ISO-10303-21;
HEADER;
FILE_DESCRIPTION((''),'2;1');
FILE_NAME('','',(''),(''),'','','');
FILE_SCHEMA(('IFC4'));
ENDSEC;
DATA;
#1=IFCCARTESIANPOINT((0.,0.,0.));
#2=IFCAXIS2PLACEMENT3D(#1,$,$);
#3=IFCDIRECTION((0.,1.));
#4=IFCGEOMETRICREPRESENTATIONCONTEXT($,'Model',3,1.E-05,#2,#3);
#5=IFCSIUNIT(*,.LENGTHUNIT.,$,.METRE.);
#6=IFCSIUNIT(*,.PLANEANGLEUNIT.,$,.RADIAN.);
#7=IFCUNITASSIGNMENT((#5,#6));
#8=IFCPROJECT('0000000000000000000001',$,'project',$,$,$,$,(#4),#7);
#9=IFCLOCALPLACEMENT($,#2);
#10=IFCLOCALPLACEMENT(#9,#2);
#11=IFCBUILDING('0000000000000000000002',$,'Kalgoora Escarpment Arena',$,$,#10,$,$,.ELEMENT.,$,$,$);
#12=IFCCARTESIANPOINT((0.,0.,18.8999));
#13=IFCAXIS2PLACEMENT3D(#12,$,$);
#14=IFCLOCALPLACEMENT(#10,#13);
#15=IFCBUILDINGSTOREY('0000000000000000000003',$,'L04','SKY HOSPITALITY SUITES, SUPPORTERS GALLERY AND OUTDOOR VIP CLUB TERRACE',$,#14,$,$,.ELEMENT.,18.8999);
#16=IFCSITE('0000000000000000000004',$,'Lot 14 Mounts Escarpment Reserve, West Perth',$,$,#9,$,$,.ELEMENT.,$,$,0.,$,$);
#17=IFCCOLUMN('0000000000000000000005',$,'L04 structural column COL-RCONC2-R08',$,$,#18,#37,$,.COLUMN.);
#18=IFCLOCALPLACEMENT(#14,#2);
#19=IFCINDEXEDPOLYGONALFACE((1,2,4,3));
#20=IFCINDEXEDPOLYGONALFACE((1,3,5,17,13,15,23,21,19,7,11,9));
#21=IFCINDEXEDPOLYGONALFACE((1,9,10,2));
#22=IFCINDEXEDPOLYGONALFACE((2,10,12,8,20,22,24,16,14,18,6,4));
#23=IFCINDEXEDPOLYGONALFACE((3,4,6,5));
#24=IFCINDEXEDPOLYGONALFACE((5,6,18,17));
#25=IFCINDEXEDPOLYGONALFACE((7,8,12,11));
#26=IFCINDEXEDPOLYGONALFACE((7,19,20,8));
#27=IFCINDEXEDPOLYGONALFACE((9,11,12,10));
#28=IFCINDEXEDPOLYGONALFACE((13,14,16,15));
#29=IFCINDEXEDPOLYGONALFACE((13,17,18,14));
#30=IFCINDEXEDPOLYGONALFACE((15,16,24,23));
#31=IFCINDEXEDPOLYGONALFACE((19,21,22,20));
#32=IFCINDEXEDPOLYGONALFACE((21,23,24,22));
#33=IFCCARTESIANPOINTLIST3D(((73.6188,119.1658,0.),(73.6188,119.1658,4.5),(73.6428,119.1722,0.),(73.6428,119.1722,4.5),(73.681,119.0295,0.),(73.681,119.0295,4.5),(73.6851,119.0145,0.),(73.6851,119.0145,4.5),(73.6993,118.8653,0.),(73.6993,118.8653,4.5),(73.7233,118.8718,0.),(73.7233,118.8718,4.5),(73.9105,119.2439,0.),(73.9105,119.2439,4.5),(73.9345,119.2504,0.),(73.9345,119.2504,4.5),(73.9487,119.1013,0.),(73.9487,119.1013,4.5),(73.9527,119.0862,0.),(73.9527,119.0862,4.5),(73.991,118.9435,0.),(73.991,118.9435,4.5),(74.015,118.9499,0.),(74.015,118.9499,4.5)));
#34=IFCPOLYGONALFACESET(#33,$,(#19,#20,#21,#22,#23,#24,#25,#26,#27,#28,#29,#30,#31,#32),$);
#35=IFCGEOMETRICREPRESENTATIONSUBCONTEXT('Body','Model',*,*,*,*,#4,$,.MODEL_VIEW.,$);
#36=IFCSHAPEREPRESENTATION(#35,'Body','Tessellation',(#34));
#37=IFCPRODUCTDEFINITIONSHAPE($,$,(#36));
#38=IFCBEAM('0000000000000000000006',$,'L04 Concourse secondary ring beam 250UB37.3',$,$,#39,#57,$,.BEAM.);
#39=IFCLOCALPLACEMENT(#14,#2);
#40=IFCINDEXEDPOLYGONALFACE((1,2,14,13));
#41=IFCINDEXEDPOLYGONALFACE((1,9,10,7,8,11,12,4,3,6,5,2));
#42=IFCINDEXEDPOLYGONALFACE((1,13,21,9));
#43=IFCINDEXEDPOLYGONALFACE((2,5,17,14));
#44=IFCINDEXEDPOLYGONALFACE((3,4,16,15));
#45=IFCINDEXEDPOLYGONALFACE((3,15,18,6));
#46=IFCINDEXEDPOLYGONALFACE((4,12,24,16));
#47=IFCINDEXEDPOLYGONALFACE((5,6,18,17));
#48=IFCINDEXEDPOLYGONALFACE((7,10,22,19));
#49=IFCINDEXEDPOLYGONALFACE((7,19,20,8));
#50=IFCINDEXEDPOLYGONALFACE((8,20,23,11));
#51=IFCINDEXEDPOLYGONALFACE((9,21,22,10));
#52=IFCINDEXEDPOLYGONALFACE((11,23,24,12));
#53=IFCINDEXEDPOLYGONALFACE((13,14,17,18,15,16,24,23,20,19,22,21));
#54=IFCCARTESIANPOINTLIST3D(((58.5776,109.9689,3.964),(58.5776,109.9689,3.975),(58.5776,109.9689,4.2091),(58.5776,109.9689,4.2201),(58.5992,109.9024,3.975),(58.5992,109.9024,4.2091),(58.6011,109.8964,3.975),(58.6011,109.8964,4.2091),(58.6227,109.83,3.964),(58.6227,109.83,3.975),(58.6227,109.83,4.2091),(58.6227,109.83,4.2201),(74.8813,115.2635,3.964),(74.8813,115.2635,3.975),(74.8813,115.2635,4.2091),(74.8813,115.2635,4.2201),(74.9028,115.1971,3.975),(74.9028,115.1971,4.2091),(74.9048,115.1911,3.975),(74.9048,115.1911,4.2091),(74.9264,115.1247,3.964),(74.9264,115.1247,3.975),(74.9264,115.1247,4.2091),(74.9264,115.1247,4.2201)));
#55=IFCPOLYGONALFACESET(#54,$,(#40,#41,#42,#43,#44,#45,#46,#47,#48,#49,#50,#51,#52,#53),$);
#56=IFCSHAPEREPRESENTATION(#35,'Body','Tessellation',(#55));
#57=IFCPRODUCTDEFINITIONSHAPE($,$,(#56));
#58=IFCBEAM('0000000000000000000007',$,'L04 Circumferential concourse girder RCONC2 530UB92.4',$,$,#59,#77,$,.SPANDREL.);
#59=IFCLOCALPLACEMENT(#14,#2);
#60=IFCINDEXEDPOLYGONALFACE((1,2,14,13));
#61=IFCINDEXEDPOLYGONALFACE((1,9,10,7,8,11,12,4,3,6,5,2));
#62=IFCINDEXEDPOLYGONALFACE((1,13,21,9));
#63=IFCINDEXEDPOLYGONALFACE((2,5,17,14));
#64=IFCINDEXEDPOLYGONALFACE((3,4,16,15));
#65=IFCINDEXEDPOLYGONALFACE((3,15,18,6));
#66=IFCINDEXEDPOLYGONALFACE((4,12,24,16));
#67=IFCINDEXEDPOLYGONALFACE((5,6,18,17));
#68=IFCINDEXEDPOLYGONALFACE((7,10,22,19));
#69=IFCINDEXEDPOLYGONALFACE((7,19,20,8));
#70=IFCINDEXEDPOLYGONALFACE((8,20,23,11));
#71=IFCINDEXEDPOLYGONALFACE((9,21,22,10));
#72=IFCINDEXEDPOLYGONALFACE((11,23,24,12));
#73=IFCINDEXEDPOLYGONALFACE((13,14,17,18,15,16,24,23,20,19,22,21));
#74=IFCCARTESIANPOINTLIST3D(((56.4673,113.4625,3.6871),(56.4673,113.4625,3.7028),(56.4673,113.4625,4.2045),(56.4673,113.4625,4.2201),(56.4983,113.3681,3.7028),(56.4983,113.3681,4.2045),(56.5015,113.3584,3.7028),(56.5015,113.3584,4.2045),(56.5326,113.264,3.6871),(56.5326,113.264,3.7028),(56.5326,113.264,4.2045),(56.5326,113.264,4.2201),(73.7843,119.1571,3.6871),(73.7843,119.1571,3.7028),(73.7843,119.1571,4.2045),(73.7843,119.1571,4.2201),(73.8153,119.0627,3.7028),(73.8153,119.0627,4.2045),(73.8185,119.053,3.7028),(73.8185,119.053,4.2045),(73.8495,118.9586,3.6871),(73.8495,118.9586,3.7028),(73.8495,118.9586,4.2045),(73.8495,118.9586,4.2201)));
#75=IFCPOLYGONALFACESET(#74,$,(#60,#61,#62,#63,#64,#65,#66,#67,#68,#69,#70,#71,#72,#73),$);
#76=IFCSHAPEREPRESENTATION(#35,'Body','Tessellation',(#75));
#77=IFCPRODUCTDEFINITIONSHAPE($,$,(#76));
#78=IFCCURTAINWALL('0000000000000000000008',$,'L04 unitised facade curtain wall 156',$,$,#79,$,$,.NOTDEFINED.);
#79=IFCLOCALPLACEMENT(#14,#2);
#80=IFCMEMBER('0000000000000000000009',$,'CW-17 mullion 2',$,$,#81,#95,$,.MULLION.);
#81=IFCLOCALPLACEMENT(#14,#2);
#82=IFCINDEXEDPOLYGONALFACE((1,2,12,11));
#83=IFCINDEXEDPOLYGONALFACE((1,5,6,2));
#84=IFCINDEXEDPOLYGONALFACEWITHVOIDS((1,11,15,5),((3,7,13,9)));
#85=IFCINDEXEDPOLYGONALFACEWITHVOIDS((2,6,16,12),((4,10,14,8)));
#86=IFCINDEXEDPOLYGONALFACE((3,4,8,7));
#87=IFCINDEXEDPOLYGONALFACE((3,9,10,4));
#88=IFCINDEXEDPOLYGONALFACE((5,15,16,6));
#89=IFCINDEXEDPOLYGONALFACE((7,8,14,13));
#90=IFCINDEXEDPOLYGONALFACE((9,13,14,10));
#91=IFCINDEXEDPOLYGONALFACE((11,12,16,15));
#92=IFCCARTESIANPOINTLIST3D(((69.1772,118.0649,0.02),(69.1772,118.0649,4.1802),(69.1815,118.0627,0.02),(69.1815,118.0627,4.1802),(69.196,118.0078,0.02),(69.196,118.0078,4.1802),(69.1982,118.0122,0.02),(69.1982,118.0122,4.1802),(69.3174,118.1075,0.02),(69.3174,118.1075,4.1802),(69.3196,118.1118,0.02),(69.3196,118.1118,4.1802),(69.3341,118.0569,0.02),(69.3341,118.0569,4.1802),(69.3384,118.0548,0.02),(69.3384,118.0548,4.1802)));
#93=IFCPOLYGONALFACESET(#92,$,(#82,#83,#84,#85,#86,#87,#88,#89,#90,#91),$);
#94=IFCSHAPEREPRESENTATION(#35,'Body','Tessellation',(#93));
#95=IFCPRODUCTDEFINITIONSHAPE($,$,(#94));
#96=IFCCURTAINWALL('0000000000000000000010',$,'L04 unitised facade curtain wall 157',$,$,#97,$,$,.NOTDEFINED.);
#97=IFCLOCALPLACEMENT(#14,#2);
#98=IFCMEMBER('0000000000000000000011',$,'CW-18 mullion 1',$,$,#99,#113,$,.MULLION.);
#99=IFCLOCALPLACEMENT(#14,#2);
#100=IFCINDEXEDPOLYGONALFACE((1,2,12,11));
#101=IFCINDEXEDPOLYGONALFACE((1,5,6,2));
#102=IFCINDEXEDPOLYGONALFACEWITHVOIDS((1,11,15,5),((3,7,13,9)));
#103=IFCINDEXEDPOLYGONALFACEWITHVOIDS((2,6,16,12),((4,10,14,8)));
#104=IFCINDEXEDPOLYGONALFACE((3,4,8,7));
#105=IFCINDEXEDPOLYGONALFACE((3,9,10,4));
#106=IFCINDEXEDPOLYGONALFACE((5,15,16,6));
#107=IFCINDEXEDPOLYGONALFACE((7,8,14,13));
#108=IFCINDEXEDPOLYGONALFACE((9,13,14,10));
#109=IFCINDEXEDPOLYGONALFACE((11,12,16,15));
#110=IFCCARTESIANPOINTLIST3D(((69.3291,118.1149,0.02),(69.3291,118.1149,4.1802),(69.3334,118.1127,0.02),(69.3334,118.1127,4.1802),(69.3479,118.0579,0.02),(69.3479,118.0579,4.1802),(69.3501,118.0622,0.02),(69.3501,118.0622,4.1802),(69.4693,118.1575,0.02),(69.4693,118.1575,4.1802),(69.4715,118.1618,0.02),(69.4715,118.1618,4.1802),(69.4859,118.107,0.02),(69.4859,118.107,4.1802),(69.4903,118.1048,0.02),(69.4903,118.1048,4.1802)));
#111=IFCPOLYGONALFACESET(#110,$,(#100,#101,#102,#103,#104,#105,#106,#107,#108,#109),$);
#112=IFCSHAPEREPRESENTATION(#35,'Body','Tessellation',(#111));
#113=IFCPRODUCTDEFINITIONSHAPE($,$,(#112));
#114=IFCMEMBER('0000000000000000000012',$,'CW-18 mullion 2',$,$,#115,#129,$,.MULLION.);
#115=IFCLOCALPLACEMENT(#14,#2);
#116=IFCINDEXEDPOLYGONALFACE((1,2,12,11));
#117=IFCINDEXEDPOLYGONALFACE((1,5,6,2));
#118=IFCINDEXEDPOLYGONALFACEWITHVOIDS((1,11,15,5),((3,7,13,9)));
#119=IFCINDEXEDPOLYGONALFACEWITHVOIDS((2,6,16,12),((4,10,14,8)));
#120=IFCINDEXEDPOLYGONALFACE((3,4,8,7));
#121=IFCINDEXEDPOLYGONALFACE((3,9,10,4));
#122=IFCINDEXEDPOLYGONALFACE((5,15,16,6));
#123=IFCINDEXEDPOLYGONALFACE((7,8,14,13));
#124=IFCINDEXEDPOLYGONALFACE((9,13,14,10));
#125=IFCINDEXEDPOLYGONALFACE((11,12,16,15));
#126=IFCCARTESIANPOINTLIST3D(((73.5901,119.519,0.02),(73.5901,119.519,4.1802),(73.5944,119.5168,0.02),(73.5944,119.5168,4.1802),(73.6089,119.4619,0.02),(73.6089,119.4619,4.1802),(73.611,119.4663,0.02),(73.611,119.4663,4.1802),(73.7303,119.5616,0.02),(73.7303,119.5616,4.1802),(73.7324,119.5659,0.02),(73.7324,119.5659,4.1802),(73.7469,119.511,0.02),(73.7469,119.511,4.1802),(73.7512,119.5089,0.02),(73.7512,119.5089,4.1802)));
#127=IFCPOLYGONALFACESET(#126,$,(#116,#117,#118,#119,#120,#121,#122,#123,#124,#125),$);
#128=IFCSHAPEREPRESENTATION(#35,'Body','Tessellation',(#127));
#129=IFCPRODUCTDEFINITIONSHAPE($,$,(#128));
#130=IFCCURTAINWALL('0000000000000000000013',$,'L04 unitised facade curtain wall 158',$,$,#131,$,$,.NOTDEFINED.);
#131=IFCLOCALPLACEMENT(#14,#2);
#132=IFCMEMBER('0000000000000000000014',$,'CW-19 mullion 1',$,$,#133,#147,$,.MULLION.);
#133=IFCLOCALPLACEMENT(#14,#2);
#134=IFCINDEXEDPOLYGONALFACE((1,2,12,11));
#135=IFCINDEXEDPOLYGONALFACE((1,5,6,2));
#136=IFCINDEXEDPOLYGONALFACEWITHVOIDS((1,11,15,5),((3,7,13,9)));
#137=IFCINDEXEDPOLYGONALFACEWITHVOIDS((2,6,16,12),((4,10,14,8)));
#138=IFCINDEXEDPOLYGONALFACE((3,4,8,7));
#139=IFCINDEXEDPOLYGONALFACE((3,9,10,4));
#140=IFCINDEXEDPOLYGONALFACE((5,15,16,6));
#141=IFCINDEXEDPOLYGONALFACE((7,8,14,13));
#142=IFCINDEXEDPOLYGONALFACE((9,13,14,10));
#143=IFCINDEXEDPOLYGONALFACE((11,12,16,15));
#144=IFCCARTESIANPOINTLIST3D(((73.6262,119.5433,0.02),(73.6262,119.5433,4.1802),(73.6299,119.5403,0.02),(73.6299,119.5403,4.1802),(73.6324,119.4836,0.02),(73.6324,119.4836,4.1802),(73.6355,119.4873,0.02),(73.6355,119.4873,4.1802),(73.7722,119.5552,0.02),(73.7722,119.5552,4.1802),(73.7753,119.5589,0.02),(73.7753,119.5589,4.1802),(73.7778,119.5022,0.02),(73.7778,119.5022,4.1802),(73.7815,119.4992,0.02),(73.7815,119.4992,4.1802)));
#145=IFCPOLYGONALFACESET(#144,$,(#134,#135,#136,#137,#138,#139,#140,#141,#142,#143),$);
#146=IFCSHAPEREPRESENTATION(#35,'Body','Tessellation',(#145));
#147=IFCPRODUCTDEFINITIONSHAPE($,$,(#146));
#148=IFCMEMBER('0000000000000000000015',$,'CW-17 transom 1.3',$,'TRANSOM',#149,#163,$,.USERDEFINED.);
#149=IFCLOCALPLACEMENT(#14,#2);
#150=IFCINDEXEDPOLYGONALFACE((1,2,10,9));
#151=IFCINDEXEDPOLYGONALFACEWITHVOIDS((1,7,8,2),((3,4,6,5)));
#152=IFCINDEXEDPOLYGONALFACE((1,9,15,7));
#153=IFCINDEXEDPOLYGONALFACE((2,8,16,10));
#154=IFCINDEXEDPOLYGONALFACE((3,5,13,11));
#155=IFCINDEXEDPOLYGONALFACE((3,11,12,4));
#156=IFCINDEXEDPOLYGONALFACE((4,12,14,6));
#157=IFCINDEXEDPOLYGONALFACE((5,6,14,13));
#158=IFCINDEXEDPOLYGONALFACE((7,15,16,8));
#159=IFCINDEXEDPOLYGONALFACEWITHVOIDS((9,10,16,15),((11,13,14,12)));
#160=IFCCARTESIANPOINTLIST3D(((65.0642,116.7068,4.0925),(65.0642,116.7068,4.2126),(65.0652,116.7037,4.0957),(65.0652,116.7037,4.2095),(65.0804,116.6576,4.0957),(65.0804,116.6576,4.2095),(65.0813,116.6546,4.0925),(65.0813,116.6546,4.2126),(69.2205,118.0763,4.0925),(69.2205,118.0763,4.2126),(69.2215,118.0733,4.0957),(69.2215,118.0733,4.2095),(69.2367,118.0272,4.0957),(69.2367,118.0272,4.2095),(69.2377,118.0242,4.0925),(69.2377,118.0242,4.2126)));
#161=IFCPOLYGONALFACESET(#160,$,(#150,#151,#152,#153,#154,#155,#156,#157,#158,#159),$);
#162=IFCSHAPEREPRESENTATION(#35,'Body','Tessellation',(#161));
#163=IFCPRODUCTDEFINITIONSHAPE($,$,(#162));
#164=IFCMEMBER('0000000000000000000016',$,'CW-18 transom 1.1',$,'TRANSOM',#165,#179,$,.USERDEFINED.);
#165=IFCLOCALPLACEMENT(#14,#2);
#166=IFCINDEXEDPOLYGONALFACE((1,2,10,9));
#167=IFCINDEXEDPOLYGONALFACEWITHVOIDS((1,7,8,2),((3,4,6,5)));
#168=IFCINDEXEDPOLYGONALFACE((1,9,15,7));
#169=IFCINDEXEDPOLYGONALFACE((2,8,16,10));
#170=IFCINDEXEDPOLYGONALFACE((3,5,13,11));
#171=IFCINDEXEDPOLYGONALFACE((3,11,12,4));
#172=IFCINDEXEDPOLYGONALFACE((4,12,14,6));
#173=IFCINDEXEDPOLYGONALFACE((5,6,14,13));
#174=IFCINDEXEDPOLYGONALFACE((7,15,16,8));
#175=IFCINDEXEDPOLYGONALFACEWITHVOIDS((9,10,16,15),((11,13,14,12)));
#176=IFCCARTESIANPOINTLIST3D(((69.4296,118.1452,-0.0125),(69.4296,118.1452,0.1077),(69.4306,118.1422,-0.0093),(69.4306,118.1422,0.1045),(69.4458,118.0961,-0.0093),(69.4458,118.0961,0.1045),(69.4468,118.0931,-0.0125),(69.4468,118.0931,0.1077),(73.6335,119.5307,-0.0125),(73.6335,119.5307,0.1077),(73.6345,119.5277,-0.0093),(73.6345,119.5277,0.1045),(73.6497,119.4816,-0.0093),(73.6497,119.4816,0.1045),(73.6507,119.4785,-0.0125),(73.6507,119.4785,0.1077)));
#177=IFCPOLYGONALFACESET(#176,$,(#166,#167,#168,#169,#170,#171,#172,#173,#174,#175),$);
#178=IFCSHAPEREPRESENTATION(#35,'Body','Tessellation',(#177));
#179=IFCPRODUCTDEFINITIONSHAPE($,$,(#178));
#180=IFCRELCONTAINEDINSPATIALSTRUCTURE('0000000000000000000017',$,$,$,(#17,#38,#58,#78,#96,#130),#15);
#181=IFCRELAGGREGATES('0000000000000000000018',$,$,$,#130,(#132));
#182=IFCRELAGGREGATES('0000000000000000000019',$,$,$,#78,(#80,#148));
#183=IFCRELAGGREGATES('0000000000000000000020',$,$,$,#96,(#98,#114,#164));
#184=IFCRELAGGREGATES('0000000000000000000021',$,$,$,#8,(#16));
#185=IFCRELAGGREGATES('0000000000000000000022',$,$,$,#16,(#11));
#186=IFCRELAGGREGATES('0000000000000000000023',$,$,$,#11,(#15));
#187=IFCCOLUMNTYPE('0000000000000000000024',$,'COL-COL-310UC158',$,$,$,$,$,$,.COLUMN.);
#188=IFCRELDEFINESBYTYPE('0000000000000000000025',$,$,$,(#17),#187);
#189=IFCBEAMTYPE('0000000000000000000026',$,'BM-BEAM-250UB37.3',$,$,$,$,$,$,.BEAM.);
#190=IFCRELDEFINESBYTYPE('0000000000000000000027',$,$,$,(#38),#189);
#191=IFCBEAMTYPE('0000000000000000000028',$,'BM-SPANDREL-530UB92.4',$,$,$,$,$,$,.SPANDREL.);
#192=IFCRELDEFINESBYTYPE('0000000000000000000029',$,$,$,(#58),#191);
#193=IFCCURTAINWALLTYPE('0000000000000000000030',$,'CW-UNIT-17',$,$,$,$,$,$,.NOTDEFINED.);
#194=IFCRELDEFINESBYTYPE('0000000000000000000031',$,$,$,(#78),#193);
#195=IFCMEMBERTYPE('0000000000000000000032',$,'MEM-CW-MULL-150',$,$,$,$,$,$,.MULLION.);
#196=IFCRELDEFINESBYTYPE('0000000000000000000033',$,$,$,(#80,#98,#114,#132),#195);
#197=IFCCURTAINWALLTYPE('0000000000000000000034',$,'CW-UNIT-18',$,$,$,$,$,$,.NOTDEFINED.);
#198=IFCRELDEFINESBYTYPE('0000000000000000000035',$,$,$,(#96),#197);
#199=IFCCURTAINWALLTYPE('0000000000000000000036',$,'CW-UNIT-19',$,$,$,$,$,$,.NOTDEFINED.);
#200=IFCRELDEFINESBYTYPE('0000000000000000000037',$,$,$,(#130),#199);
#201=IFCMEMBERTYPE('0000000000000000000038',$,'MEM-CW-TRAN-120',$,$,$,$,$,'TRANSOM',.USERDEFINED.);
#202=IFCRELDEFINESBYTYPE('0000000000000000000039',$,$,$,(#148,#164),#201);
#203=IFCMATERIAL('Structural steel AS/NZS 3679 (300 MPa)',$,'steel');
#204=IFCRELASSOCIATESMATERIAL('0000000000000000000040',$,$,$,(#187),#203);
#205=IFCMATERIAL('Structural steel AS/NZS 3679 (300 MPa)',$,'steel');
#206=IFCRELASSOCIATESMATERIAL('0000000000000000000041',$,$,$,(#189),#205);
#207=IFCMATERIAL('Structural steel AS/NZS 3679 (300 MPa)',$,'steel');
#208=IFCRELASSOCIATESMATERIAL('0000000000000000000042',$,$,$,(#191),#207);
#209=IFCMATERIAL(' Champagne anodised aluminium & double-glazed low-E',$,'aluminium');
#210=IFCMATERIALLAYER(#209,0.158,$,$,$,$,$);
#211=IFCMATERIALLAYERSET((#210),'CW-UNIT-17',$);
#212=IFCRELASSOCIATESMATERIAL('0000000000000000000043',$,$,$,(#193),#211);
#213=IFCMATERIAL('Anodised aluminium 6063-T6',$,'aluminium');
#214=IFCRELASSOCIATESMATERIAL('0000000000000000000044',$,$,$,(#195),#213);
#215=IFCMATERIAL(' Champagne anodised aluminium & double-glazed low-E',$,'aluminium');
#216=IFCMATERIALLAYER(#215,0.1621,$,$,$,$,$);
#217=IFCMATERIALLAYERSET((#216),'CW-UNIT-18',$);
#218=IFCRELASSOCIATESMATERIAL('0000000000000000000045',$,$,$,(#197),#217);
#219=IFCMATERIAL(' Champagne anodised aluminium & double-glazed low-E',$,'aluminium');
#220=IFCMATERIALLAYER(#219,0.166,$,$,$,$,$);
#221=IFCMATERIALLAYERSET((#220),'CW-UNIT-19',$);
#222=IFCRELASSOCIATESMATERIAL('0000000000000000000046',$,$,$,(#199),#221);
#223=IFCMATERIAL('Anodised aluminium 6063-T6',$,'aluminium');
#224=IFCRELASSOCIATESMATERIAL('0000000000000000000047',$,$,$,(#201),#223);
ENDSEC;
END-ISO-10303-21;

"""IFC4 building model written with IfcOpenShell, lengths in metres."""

from ifc_helpers import new_model, si_unit, direction, frame, origin, origin_2d, place, context, subcontext, project, spatial, hollow_rectangle, i_section, extrude, material, layer, layer_set, material_profile, profile_set, type_object, element, aggregate, save


model = new_model("IFC4")

# Units and contexts
model_context = context("Model", 3, precision=1e-05, world=origin(), true_north=direction((0.0, 1.0)))
body_context = subcontext(model_context, "Body", "Model", "MODEL_VIEW")
ifc_project = project(units=[si_unit("LENGTHUNIT", "METRE"), si_unit("PLANEANGLEUNIT", "RADIAN")], contexts=[model_context])

# Site, building, storey
site_placement = place(None, origin())
site = spatial("IfcSite", under=ifc_project, at=site_placement, Name="Lot 14 Mounts Escarpment Reserve, West Perth", CompositionType="ELEMENT", RefElevation=0.0)
building_placement = place(site_placement, origin())
building = spatial("IfcBuilding", under=site, at=building_placement, Name="Kalgoora Escarpment Arena", CompositionType="ELEMENT")
storey_placement = place(building_placement, frame((0.0, 0.0, 18.8999)))
storey = spatial("IfcBuildingStorey", under=building, at=storey_placement, Name="L04", Description="SKY HOSPITALITY SUITES, SUPPORTERS GALLERY AND OUTDOOR VIP CLUB TERRACE", CompositionType="ELEMENT", Elevation=18.8999)

# Column
ifc_material_1 = material(Name="Structural steel AS/NZS 3679 (300 MPa)", Category="steel")
ifc_material_profile_1 = material_profile(ifc_material_1, i_section(OverallWidth=0.311, OverallDepth=0.3269, WebThickness=0.0156, FlangeThickness=0.0249, at=origin_2d()))
ifc_profile_set_1 = profile_set([ifc_material_profile_1], Name="Structural steel AS/NZS 3679 (300 MPa)")
column_type = type_object("IfcColumnType", Name="COL-COL-310UC158", PredefinedType="COLUMN", material=ifc_profile_set_1)
column_placement = place(storey_placement, frame((73.8169, 119.0579, 0.0), z_axis=(0.0, 0.0, 1.0), x_axis=(-0.258819, 0.965926, 0.0)))
element("IfcColumn", 1, at=column_placement, inside=storey, type_object=column_type, Name="L04 structural column COL-RCONC2-R08", PredefinedType="COLUMN", context=body_context, shape_type="SweptSolid", body=[
    extrude(i_section(OverallWidth=0.311, OverallDepth=0.3269, WebThickness=0.0156, FlangeThickness=0.0249, at=origin_2d()), origin(), (0.0, 0.0, 1.0), 4.5),
])

# Beams
ifc_material_2 = material(Name="Structural steel AS/NZS 3679 (300 MPa)", Category="steel")
ifc_material_profile_2 = material_profile(ifc_material_2, i_section(OverallWidth=0.146, OverallDepth=0.2561, WebThickness=0.0063, FlangeThickness=0.011, at=origin_2d()))
ifc_profile_set_2 = profile_set([ifc_material_profile_2], Name="Structural steel AS/NZS 3679 (300 MPa)")
beam_type_1 = type_object("IfcBeamType", Name="BM-BEAM-250UB37.3", PredefinedType="BEAM", material=ifc_profile_set_2)
beam_1_placement = place(storey_placement, frame((74.9038, 115.1941, 4.092), z_axis=(-0.951103, -0.308874, 0.0), x_axis=(0.308874, -0.951103, 0.0)))
element("IfcBeam", 2, at=beam_1_placement, inside=storey, type_object=beam_type_1, Name="L04 Concourse secondary ring beam 250UB37.3", PredefinedType="BEAM", context=body_context, shape_type="SweptSolid", body=[
    extrude(i_section(OverallWidth=0.146, OverallDepth=0.2561, WebThickness=0.0063, FlangeThickness=0.011, at=origin_2d()), origin(), (0.0, 0.0, 1.0), 17.1418),
])
ifc_material_3 = material(Name="Structural steel AS/NZS 3679 (300 MPa)", Category="steel")
ifc_material_profile_3 = material_profile(ifc_material_3, i_section(OverallWidth=0.209, OverallDepth=0.533, WebThickness=0.0103, FlangeThickness=0.0156, at=origin_2d()))
ifc_profile_set_3 = profile_set([ifc_material_profile_3], Name="Structural steel AS/NZS 3679 (300 MPa)")
beam_type_2 = type_object("IfcBeamType", Name="BM-SPANDREL-530UB92.4", PredefinedType="SPANDREL", material=ifc_profile_set_3)
beam_2_placement = place(storey_placement, frame((73.8169, 119.0579, 3.9536), z_axis=(-0.949955, -0.312388, 0.0), x_axis=(0.312388, -0.949955, 0.0)))
element("IfcBeam", 3, at=beam_2_placement, inside=storey, type_object=beam_type_2, Name="L04 Circumferential concourse girder RCONC2 530UB92.4", PredefinedType="SPANDREL", context=body_context, shape_type="SweptSolid", body=[
    extrude(i_section(OverallWidth=0.209, OverallDepth=0.533, WebThickness=0.0103, FlangeThickness=0.0156, at=origin_2d()), origin(), (0.0, 0.0, 1.0), 18.2292),
])

# Curtain wall, member
ifc_material_4 = material(Name=" Champagne anodised aluminium & double-glazed low-E", Category="aluminium")
ifc_layer_1 = layer(ifc_material_4, 0.158)
ifc_layer_set_1 = layer_set([ifc_layer_1], Name="CW-UNIT-17")
curtain_wall_type_1 = type_object("IfcCurtainWallType", Name="CW-UNIT-17", PredefinedType="NOTDEFINED", material=ifc_layer_set_1)
curtain_wall_1_placement = place(storey_placement, origin())
curtain_wall_1 = element("IfcCurtainWall", 4, at=curtain_wall_1_placement, inside=storey, type_object=curtain_wall_type_1, Name="L04 unitised facade curtain wall 156", PredefinedType="NOTDEFINED")
ifc_material_5 = material(Name="Anodised aluminium 6063-T6", Category="aluminium")
ifc_material_profile_4 = material_profile(ifc_material_5, hollow_rectangle(XDim=0.0601, YDim=0.1499, WallThickness=0.0034, at=origin_2d()))
ifc_profile_set_4 = profile_set([ifc_material_profile_4], Name="Anodised aluminium 6063-T6")
member_type_1 = type_object("IfcMemberType", Name="MEM-CW-MULL-150", PredefinedType="MULLION", material=ifc_profile_set_4)
member_1_placement = place(storey_placement, frame((69.2578, 118.0598, 0.02), z_axis=(0.0, 0.0, 1.0), x_axis=(-0.31297, 0.949763, 0.0)))
member_1 = element("IfcMember", 5, at=member_1_placement, type_object=member_type_1, Name="CW-17 mullion 2", PredefinedType="MULLION", context=body_context, shape_type="SweptSolid", body=[
    extrude(hollow_rectangle(XDim=0.0601, YDim=0.1499, WallThickness=0.0034, at=origin_2d()), origin(), (0.0, 0.0, 1.0), 4.1602),
])

# Curtain wall, members
ifc_material_6 = material(Name=" Champagne anodised aluminium & double-glazed low-E", Category="aluminium")
ifc_layer_2 = layer(ifc_material_6, 0.1621)
ifc_layer_set_2 = layer_set([ifc_layer_2], Name="CW-UNIT-18")
curtain_wall_type_2 = type_object("IfcCurtainWallType", Name="CW-UNIT-18", PredefinedType="NOTDEFINED", material=ifc_layer_set_2)
curtain_wall_2_placement = place(storey_placement, origin())
curtain_wall_2 = element("IfcCurtainWall", 6, at=curtain_wall_2_placement, inside=storey, type_object=curtain_wall_type_2, Name="L04 unitised facade curtain wall 157", PredefinedType="NOTDEFINED")
member_2_placement = place(storey_placement, frame((69.4097, 118.1099, 0.02), z_axis=(0.0, 0.0, 1.0), x_axis=(-0.312979, 0.94976, 0.0)))
member_2 = element("IfcMember", 7, at=member_2_placement, type_object=member_type_1, Name="CW-18 mullion 1", PredefinedType="MULLION", context=body_context, shape_type="SweptSolid", body=[
    extrude(hollow_rectangle(XDim=0.0601, YDim=0.1499, WallThickness=0.0034, at=origin_2d()), origin(), (0.0, 0.0, 1.0), 4.1602),
])
member_3_placement = place(storey_placement, frame((73.6707, 119.5139, 0.02), z_axis=(0.0, 0.0, 1.0), x_axis=(-0.312979, 0.94976, 0.0)))
member_3 = element("IfcMember", 8, at=member_3_placement, type_object=member_type_1, Name="CW-18 mullion 2", PredefinedType="MULLION", context=body_context, shape_type="SweptSolid", body=[
    extrude(hollow_rectangle(XDim=0.0601, YDim=0.1499, WallThickness=0.0034, at=origin_2d()), origin(), (0.0, 0.0, 1.0), 4.1602),
])

# Curtain wall, member
ifc_material_7 = material(Name=" Champagne anodised aluminium & double-glazed low-E", Category="aluminium")
ifc_layer_3 = layer(ifc_material_7, 0.166)
ifc_layer_set_3 = layer_set([ifc_layer_3], Name="CW-UNIT-19")
curtain_wall_type_3 = type_object("IfcCurtainWallType", Name="CW-UNIT-19", PredefinedType="NOTDEFINED", material=ifc_layer_set_3)
curtain_wall_3_placement = place(storey_placement, origin())
curtain_wall_3 = element("IfcCurtainWall", 9, at=curtain_wall_3_placement, inside=storey, type_object=curtain_wall_type_3, Name="L04 unitised facade curtain wall 158", PredefinedType="NOTDEFINED")
member_4_placement = place(storey_placement, frame((73.7039, 119.5212, 0.02), z_axis=(0.0, 0.0, 1.0), x_axis=(-0.104158, 0.994561, 0.0)))
member_4 = element("IfcMember", 10, at=member_4_placement, type_object=member_type_1, Name="CW-19 mullion 1", PredefinedType="MULLION", context=body_context, shape_type="SweptSolid", body=[
    extrude(hollow_rectangle(XDim=0.0601, YDim=0.1499, WallThickness=0.0034, at=origin_2d()), origin(), (0.0, 0.0, 1.0), 4.1602),
])

# Members
ifc_material_8 = material(Name="Anodised aluminium 6063-T6", Category="aluminium")
ifc_material_profile_5 = material_profile(ifc_material_8, hollow_rectangle(XDim=0.0549, YDim=0.1201, WallThickness=0.0032, at=origin_2d()))
ifc_profile_set_5 = profile_set([ifc_material_profile_5], Name="Anodised aluminium 6063-T6")
member_type_2 = type_object("IfcMemberType", Name="MEM-CW-TRAN-120", ElementType="TRANSOM", PredefinedType="USERDEFINED", material=ifc_profile_set_5)
member_5_placement = place(storey_placement, frame((65.0728, 116.6807, 4.1526), z_axis=(0.949766, 0.312962, 0.0), x_axis=(-0.312962, 0.949766, 0.0)))
member_5 = element("IfcMember", 11, at=member_5_placement, type_object=member_type_2, Name="CW-17 transom 1.3", ObjectType="TRANSOM", PredefinedType="USERDEFINED", context=body_context, shape_type="SweptSolid", body=[
    extrude(hollow_rectangle(XDim=0.0549, YDim=0.1201, WallThickness=0.0032, at=origin_2d()), origin(), (0.0, 0.0, 1.0), 4.3762),
])
member_6_placement = place(storey_placement, frame((69.4382, 118.1191, 0.0476), z_axis=(0.949748, 0.313016, 0.0), x_axis=(-0.313016, 0.949748, 0.0)))
member_6 = element("IfcMember", 12, at=member_6_placement, type_object=member_type_2, Name="CW-18 transom 1.1", ObjectType="TRANSOM", PredefinedType="USERDEFINED", context=body_context, shape_type="SweptSolid", body=[
    extrude(hollow_rectangle(XDim=0.0549, YDim=0.1201, WallThickness=0.0032, at=origin_2d()), origin(), (0.0, 0.0, 1.0), 4.4263),
])
aggregate(curtain_wall_3, [member_4])

aggregate(curtain_wall_1, [member_1, member_5])
aggregate(curtain_wall_2, [member_2, member_3, member_6])

save(model, "model.ifc")
